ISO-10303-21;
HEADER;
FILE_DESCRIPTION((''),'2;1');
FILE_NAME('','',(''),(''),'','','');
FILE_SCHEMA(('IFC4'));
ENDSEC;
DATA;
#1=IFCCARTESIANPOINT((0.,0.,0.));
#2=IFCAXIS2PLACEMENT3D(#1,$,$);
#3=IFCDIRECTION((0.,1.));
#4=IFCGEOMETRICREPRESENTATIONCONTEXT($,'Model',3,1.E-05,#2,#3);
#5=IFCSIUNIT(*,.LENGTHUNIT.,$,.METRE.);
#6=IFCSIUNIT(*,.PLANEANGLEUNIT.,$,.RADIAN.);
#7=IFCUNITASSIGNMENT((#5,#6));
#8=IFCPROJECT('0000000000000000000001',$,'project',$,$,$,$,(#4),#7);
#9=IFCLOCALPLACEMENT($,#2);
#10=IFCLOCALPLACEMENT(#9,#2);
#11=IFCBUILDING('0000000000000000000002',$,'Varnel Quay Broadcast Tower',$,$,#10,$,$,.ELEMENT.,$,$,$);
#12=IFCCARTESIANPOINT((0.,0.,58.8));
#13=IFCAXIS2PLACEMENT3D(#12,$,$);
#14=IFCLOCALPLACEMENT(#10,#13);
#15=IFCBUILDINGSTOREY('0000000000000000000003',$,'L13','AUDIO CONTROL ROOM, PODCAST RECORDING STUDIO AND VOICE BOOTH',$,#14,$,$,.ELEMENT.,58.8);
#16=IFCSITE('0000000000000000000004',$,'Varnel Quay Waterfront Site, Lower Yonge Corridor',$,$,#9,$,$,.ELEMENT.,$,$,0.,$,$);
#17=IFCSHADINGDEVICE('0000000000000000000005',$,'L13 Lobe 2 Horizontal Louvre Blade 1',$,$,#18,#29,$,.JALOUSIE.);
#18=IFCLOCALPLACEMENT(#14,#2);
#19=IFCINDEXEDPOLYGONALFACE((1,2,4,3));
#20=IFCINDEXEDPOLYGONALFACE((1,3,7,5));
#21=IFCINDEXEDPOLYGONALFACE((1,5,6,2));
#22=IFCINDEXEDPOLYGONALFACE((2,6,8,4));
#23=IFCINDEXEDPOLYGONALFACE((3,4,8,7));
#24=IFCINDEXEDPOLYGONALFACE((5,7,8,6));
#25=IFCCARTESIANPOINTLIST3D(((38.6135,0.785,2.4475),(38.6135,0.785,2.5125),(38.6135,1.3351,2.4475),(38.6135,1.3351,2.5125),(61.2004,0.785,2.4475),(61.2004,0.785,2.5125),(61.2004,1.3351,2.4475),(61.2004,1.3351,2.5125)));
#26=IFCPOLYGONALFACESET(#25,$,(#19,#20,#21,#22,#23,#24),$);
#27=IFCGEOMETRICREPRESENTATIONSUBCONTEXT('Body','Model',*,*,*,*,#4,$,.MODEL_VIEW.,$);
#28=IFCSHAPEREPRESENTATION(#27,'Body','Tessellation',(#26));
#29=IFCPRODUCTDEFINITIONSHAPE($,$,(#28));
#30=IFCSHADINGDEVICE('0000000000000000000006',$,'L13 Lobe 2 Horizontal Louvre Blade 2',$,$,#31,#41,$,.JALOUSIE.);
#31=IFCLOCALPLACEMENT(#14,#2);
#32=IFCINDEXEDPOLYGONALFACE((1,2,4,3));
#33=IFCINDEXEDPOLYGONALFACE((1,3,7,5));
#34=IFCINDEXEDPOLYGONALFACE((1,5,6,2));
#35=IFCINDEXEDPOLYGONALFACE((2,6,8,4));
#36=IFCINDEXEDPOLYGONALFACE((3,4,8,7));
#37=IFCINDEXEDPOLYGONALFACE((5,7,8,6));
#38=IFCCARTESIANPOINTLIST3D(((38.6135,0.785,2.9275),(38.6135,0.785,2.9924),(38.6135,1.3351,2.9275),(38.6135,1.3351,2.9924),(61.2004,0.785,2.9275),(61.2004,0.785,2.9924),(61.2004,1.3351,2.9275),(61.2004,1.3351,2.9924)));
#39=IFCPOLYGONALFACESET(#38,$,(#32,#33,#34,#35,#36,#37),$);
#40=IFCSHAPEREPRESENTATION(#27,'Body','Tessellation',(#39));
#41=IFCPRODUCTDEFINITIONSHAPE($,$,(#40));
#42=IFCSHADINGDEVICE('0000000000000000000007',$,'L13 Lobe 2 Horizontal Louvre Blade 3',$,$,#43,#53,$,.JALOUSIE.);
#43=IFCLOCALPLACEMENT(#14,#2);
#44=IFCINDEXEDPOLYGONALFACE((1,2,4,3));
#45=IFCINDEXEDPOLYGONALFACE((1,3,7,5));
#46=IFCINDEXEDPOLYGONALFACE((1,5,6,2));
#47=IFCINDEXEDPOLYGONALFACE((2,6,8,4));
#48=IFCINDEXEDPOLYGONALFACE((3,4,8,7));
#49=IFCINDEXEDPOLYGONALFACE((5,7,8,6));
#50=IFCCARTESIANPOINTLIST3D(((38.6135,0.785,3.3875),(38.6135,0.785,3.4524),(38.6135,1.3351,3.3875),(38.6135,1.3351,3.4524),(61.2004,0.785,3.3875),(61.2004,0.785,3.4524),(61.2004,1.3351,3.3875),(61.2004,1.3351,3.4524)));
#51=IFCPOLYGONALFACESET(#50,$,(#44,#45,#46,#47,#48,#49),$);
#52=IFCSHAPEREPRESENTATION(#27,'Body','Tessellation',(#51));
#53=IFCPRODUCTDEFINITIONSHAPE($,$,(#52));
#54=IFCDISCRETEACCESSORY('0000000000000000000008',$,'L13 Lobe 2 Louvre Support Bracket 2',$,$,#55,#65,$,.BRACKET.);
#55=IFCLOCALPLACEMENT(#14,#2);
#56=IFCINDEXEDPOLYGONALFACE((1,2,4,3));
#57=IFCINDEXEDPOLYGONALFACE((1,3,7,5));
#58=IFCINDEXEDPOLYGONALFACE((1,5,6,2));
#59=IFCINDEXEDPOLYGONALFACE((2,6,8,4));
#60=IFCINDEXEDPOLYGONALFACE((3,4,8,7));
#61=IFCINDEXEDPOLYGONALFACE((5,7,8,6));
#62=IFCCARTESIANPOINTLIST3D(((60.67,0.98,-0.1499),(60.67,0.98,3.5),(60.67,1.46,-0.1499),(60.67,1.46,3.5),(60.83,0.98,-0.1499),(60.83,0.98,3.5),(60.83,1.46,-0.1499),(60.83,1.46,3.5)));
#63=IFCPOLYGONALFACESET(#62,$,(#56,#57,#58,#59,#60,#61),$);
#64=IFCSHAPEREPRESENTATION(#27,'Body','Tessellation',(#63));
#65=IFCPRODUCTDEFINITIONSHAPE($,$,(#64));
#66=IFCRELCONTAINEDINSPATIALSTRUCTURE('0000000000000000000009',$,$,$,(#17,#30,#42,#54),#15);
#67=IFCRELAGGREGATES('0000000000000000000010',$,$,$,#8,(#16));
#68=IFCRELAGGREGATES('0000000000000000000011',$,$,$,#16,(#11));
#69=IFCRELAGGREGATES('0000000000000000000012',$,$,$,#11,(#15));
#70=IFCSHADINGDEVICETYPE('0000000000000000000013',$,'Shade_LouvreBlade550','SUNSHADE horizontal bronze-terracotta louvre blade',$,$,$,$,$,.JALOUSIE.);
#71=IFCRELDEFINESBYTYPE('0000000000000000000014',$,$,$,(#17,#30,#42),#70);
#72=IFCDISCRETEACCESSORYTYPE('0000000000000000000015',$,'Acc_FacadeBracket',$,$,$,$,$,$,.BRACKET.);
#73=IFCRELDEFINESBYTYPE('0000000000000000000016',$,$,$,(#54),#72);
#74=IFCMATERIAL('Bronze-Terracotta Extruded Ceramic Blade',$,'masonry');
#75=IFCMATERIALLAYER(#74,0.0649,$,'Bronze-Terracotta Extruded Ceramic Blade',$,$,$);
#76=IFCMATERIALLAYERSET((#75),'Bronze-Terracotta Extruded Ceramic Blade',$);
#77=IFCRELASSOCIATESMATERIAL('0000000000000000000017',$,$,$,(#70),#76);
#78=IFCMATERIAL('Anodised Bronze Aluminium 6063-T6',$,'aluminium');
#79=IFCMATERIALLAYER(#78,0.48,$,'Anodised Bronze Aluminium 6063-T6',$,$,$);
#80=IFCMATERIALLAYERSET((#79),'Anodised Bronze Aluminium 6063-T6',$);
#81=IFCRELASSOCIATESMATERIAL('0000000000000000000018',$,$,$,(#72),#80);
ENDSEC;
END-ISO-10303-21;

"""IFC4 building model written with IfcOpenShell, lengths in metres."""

from ifc_helpers import new_model, si_unit, direction, frame, origin, origin_2d, place, context, subcontext, project, spatial, rectangle, extrude, source, transform, mapped, material, layer, layer_set, type_object, type_shapes, element, save


model = new_model("IFC4")

# Units and contexts
model_context = context("Model", 3, precision=1e-05, world=origin(), true_north=direction((0.0, 1.0)))
body_context = subcontext(model_context, "Body", "Model", "MODEL_VIEW")
ifc_project = project(units=[si_unit("LENGTHUNIT", "METRE"), si_unit("PLANEANGLEUNIT", "RADIAN")], contexts=[model_context])

# Site, building, storey
site_placement = place(None, origin())
site = spatial("IfcSite", under=ifc_project, at=site_placement, Name="Varnel Quay Waterfront Site, Lower Yonge Corridor", CompositionType="ELEMENT", RefElevation=0.0)
building_placement = place(site_placement, origin())
building = spatial("IfcBuilding", under=site, at=building_placement, Name="Varnel Quay Broadcast Tower", CompositionType="ELEMENT")
storey_placement = place(building_placement, frame((0.0, 0.0, 58.8)))
storey = spatial("IfcBuildingStorey", under=building, at=storey_placement, Name="L13", Description="AUDIO CONTROL ROOM, PODCAST RECORDING STUDIO AND VOICE BOOTH", CompositionType="ELEMENT", Elevation=58.8)

# Shared definitions
ifc_material_1 = material(Name="Anodised Bronze Aluminium 6063-T6", Category="aluminium")

# Shared definitions
ifc_material_2 = material(Name="Bronze-Terracotta Extruded Ceramic Blade", Category="masonry")

# Shading devices
ifc_layer_1 = layer(ifc_material_2, 0.0649, Name="Bronze-Terracotta Extruded Ceramic Blade")
ifc_layer_set_1 = layer_set([ifc_layer_1], Name="Bronze-Terracotta Extruded Ceramic Blade")
shading_device_type = type_object("IfcShadingDeviceType", Name="Shade_LouvreBlade550", Description="SUNSHADE horizontal bronze-terracotta louvre blade", PredefinedType="JALOUSIE", material=ifc_layer_set_1)
shared_shape_1 = source(origin(), body_context, "Body", "SweptSolid", [
    extrude(rectangle(XDim=22.5869, YDim=0.55, at=origin_2d()), origin(), (0.0, 0.0, 1.0), 0.0649),
])
type_shapes(shading_device_type, [shared_shape_1])
for number, where, z_axis, x_axis, name in (
    (1, (49.907, 1.0601, 2.4475), (0.0, 0.0, 1.0), (1.0, 0.0, 0.0), "L13 Lobe 2 Horizontal Louvre Blade 1"),
    (2, (49.907, 1.0601, 2.9275), (0.0, 0.0, 1.0), (1.0, 0.0, 0.0), "L13 Lobe 2 Horizontal Louvre Blade 2"),
    (3, (49.907, 1.0601, 3.3875), (0.0, 0.0, 1.0), (1.0, 0.0, 0.0), "L13 Lobe 2 Horizontal Louvre Blade 3"),
):
    element("IfcShadingDevice", number, at=place(storey_placement, frame(where, z_axis=z_axis, x_axis=x_axis)), inside=storey, type_object=shading_device_type, Name=name, PredefinedType="JALOUSIE", context=body_context, shape_type="MappedRepresentation", body=[
        mapped(shared_shape_1, transform((0.0, 0.0, 0.0), x_axis=(1.0, 0.0, 0.0), y_axis=(0.0, 1.0, 0.0), z_axis=(0.0, 0.0, 1.0), scale=1.0)),
    ])

# Discrete accessory
ifc_layer_2 = layer(ifc_material_1, 0.48, Name="Anodised Bronze Aluminium 6063-T6")
ifc_layer_set_2 = layer_set([ifc_layer_2], Name="Anodised Bronze Aluminium 6063-T6")
discrete_accessory_type = type_object("IfcDiscreteAccessoryType", Name="Acc_FacadeBracket", PredefinedType="BRACKET", material=ifc_layer_set_2)
shared_shape_2 = source(origin(), body_context, "Body", "SweptSolid", [
    extrude(rectangle(XDim=0.1599, YDim=0.48, at=origin_2d()), origin(), (0.0, 0.0, 1.0), 3.6499),
])
type_shapes(discrete_accessory_type, [shared_shape_2])
discrete_accessory_placement = place(storey_placement, frame((60.75, 1.22, -0.1499), z_axis=(0.0, 0.0, 1.0), x_axis=(1.0, 0.0, 0.0)))
element("IfcDiscreteAccessory", 4, at=discrete_accessory_placement, inside=storey, type_object=discrete_accessory_type, Name="L13 Lobe 2 Louvre Support Bracket 2", PredefinedType="BRACKET", context=body_context, shape_type="MappedRepresentation", body=[
    mapped(shared_shape_2, transform((0.0, 0.0, 0.0), x_axis=(1.0, 0.0, 0.0), y_axis=(0.0, 1.0, 0.0), z_axis=(0.0, 0.0, 1.0), scale=1.0)),
])

save(model, "model.ifc")
